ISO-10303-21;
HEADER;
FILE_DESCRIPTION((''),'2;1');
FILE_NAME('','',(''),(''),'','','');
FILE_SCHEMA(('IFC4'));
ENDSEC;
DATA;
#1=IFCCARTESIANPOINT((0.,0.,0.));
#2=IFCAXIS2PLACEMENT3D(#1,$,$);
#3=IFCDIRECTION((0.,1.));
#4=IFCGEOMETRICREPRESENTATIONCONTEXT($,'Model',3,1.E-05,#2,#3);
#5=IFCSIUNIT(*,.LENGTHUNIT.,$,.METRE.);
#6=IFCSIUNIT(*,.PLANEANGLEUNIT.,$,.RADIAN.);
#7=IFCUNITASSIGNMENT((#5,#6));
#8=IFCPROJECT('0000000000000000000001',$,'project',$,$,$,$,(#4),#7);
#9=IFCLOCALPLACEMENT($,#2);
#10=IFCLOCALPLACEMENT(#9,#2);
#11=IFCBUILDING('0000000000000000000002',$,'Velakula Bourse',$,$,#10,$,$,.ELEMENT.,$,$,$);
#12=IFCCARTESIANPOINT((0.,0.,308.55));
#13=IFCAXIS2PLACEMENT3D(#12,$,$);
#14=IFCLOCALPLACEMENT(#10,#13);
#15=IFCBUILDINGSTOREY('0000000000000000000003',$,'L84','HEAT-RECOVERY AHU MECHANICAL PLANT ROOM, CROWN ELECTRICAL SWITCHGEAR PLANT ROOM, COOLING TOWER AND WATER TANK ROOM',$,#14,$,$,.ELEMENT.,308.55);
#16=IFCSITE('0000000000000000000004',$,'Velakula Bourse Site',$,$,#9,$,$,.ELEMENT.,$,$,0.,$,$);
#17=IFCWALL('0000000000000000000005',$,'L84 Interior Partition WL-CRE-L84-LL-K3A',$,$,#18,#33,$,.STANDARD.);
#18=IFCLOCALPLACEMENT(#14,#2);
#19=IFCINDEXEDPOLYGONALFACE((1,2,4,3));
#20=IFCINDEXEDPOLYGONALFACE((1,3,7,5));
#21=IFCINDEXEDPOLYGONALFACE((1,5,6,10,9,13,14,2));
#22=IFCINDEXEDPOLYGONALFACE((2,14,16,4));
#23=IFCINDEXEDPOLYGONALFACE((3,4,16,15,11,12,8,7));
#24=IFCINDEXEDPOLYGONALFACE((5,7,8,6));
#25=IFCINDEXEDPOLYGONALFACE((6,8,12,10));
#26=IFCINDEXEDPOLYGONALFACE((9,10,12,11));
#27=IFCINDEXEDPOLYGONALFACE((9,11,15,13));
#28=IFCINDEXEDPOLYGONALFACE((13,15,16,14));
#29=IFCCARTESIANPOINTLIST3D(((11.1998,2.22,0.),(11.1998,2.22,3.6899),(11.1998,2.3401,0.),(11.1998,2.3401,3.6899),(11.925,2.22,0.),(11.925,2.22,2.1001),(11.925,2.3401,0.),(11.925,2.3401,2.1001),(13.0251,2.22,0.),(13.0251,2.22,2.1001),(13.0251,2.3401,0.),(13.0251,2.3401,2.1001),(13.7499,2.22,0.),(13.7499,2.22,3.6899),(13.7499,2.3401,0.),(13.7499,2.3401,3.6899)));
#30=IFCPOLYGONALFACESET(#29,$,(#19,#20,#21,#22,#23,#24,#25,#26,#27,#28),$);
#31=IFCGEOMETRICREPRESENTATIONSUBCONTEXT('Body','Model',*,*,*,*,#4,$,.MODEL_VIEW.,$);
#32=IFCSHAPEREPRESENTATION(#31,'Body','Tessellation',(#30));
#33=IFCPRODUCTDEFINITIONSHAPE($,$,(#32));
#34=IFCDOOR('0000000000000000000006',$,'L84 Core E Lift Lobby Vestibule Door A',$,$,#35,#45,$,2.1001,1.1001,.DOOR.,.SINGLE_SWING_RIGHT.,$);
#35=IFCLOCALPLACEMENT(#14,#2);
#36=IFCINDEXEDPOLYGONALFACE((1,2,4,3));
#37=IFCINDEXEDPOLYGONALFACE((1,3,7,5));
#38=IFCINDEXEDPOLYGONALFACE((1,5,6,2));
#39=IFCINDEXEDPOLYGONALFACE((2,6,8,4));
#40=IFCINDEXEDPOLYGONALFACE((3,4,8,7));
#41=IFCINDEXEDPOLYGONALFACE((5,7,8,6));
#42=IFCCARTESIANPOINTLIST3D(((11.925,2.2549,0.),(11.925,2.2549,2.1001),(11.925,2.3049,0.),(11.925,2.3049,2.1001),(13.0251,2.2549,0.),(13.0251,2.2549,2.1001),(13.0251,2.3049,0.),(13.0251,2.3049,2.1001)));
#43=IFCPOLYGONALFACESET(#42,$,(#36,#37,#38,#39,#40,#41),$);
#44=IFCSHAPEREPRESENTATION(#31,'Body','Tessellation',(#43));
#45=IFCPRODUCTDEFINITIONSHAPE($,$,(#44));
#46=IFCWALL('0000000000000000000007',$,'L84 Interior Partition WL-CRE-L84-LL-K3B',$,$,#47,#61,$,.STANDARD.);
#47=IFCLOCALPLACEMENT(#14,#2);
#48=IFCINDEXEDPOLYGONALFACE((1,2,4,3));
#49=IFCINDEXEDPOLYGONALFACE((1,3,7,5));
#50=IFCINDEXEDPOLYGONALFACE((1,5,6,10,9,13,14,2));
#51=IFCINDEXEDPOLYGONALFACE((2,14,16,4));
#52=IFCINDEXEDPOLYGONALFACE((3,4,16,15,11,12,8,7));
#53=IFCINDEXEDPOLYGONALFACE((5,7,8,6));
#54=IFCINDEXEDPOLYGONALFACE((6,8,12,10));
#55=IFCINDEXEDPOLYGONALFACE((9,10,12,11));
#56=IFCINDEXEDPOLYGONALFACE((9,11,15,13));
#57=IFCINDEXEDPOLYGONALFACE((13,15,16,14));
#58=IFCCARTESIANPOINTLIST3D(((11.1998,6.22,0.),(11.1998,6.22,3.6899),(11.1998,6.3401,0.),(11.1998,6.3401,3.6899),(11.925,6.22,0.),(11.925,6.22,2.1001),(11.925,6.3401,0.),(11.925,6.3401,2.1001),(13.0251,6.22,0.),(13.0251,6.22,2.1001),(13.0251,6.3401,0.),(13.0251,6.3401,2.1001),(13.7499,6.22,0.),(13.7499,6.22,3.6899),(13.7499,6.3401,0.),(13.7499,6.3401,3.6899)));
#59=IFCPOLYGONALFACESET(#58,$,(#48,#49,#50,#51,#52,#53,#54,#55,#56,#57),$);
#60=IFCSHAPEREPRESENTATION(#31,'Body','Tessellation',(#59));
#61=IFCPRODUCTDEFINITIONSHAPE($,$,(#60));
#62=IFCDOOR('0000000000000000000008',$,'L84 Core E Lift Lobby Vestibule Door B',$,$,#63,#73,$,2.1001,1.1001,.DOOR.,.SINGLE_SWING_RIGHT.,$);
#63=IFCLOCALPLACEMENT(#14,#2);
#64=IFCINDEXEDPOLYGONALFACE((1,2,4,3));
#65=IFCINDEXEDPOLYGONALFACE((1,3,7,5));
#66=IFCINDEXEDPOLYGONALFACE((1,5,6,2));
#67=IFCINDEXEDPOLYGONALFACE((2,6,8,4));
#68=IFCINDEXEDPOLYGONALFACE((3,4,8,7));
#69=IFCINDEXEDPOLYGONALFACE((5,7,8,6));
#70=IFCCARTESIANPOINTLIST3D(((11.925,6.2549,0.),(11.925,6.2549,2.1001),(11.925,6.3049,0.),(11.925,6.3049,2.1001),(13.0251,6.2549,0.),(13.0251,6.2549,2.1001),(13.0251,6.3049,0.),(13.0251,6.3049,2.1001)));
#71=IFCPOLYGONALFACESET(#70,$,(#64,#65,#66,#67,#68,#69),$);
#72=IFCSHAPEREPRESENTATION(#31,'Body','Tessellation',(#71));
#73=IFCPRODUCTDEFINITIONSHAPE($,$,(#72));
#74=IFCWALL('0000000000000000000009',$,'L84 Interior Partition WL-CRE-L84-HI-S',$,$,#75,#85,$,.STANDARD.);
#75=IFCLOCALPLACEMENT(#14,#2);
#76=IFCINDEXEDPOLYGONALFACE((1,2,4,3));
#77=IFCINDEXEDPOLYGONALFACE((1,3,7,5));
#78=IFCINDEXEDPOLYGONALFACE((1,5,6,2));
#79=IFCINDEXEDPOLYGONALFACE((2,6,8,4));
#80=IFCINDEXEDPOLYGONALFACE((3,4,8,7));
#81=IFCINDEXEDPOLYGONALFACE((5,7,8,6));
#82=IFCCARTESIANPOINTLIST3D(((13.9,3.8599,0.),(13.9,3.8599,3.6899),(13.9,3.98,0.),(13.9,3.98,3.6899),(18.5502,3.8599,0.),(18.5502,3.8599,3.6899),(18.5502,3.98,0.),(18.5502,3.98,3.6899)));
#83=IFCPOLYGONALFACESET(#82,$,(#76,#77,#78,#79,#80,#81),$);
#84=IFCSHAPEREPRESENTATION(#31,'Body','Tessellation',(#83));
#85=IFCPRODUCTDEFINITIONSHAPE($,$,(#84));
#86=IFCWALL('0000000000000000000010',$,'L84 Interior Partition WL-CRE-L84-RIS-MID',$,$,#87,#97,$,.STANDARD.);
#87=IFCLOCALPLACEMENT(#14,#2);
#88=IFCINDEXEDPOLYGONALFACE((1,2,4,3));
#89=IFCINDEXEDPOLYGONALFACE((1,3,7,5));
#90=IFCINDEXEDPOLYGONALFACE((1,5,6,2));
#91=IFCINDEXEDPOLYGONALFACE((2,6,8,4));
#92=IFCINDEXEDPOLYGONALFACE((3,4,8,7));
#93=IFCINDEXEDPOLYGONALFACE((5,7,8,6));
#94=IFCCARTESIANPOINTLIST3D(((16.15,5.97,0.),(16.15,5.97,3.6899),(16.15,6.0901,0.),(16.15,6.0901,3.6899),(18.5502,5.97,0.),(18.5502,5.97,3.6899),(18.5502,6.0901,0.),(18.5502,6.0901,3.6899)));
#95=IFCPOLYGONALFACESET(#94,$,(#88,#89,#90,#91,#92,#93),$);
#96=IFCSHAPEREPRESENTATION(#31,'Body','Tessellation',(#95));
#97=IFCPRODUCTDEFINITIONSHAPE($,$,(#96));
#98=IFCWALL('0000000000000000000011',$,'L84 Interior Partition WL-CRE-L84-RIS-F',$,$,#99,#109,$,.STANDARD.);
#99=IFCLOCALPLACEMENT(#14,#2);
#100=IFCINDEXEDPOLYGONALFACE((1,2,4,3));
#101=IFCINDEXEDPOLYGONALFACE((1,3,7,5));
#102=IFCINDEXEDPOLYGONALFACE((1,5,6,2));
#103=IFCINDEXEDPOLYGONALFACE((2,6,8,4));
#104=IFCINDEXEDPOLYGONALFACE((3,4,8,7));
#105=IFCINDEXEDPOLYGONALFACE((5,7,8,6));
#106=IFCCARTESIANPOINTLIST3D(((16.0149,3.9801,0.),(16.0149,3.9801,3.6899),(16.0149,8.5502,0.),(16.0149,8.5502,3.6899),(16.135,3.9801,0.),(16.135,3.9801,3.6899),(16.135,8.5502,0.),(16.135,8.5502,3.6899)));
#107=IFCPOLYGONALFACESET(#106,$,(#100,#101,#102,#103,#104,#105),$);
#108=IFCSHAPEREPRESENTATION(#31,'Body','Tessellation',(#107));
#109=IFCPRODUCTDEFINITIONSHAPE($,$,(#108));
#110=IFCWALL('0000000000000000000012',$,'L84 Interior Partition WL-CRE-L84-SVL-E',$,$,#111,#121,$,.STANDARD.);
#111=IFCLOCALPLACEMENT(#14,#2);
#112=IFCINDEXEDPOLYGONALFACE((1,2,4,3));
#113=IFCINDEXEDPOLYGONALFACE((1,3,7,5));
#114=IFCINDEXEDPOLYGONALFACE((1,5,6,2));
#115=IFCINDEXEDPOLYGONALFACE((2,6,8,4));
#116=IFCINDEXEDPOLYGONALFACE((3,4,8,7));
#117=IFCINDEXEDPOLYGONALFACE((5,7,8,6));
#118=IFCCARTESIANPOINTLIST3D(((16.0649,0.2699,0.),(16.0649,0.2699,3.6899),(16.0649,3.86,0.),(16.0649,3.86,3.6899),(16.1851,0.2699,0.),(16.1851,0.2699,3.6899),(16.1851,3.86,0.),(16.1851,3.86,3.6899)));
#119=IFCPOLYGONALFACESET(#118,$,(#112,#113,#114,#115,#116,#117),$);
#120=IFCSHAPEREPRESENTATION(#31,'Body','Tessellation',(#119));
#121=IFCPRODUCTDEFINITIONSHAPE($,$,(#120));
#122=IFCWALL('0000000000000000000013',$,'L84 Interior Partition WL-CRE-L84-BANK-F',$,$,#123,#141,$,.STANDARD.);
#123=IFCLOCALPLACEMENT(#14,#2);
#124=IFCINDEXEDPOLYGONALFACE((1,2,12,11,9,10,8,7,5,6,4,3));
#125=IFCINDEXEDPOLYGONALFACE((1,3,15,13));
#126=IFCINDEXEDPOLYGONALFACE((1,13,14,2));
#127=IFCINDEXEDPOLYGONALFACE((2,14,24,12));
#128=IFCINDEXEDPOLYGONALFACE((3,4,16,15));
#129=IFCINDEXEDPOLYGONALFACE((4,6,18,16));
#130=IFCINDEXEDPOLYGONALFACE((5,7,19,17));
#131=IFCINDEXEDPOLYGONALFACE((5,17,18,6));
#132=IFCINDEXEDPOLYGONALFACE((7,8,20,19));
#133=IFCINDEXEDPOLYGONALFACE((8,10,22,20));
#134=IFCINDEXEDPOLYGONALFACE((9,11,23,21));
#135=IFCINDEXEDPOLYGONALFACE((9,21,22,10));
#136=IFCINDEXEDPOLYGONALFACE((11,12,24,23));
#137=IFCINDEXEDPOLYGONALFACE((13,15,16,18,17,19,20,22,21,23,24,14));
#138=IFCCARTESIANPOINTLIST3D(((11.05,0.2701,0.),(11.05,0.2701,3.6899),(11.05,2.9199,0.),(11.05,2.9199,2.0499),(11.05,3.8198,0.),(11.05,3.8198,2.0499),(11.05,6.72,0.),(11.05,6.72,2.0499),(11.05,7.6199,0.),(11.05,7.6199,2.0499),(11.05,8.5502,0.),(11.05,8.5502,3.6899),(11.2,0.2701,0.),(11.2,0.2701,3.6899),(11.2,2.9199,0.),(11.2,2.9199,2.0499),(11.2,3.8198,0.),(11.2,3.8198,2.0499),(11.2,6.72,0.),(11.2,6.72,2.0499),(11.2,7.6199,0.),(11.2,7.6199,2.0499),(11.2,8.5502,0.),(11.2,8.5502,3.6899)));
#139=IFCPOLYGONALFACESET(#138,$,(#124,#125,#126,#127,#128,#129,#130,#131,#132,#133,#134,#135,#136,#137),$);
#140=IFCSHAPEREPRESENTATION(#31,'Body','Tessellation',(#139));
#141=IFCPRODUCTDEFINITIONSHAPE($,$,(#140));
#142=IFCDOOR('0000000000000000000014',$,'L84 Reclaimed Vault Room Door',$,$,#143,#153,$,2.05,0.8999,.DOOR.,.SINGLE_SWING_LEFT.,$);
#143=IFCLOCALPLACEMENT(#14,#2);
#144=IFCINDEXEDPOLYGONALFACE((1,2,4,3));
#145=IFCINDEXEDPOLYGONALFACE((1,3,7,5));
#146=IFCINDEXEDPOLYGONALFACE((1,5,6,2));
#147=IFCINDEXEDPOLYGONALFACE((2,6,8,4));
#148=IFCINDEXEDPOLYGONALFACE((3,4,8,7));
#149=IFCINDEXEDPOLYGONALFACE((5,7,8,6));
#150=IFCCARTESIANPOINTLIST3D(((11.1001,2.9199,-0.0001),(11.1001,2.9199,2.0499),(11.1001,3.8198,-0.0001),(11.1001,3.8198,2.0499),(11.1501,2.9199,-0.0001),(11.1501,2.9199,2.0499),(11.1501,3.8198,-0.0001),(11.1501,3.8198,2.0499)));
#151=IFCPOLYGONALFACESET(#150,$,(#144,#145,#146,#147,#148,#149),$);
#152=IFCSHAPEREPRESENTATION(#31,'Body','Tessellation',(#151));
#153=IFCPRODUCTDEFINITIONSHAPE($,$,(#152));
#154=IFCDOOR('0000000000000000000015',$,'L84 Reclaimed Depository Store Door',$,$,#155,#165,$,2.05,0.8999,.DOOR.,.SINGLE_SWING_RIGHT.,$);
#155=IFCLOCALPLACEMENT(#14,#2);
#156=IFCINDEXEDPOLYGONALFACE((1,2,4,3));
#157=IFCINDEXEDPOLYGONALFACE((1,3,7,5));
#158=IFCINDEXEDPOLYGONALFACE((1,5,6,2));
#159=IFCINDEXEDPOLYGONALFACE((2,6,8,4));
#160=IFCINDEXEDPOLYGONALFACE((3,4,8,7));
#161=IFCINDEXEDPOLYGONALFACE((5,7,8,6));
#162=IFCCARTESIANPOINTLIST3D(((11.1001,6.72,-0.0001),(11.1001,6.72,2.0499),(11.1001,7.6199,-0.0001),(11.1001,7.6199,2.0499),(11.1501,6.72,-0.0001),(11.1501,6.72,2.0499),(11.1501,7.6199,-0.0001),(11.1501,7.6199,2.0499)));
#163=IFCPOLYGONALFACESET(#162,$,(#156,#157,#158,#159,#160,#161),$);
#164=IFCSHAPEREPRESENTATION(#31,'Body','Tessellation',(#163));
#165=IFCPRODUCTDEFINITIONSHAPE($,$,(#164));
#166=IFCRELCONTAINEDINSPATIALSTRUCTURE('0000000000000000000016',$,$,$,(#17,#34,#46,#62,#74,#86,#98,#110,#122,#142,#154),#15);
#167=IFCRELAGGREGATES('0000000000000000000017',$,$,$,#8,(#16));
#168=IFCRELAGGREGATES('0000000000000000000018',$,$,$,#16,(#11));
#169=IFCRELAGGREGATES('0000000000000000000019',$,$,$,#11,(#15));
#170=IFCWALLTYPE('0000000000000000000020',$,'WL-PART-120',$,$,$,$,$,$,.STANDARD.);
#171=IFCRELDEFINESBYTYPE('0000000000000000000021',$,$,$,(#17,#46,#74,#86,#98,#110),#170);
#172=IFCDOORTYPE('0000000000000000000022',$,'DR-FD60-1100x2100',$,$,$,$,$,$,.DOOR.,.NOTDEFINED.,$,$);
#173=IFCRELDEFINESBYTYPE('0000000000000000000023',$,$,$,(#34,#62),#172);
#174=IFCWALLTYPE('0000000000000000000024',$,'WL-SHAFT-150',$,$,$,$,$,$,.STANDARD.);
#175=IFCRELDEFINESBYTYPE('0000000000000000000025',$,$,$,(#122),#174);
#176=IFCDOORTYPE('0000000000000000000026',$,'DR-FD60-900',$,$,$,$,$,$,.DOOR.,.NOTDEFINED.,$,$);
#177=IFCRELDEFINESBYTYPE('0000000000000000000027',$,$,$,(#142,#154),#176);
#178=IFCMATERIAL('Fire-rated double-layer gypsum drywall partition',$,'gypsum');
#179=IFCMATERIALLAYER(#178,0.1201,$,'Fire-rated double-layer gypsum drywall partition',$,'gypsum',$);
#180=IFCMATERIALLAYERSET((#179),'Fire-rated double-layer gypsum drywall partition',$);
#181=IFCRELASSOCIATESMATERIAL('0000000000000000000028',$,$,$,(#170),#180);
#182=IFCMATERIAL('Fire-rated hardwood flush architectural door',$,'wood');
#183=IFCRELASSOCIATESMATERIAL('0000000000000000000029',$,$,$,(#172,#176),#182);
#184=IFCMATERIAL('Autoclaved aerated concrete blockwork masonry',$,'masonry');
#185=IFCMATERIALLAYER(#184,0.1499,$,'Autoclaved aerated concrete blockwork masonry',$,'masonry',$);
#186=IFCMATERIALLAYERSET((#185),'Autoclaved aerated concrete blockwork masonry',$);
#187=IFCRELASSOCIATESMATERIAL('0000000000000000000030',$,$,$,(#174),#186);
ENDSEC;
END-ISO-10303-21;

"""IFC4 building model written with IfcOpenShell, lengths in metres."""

from ifc_helpers import new_model, si_unit, direction, frame, frame_2d, origin, place, context, subcontext, project, spatial, rectangle, extrude, material, layer, layer_set, type_object, element, fill, save


model = new_model("IFC4")

# Units and contexts
model_context = context("Model", 3, precision=1e-05, world=origin(), true_north=direction((0.0, 1.0)))
body_context = subcontext(model_context, "Body", "Model", "MODEL_VIEW")
ifc_project = project(units=[si_unit("LENGTHUNIT", "METRE"), si_unit("PLANEANGLEUNIT", "RADIAN")], contexts=[model_context])

# Site, building, storey
site_placement = place(None, origin())
site = spatial("IfcSite", under=ifc_project, at=site_placement, Name="Velakula Bourse Site", CompositionType="ELEMENT", RefElevation=0.0)
building_placement = place(site_placement, origin())
building = spatial("IfcBuilding", under=site, at=building_placement, Name="Velakula Bourse", CompositionType="ELEMENT")
storey_placement = place(building_placement, frame((0.0, 0.0, 308.55)))
storey = spatial("IfcBuildingStorey", under=building, at=storey_placement, Name="L84", Description="HEAT-RECOVERY AHU MECHANICAL PLANT ROOM, CROWN ELECTRICAL SWITCHGEAR PLANT ROOM, COOLING TOWER AND WATER TANK ROOM", CompositionType="ELEMENT", Elevation=308.55)

# Walls, openings, doors
ifc_material_1 = material(Name="Fire-rated double-layer gypsum drywall partition", Category="gypsum")
ifc_layer_1 = layer(ifc_material_1, 0.1201, Name="Fire-rated double-layer gypsum drywall partition", Category="gypsum")
ifc_layer_set_1 = layer_set([ifc_layer_1], Name="Fire-rated double-layer gypsum drywall partition")
wall_type_1 = type_object("IfcWallType", Name="WL-PART-120", PredefinedType="STANDARD", material=ifc_layer_set_1)
wall_1_placement = place(storey_placement, frame((11.2, 2.28, 0.0), z_axis=(0.0, 0.0, 1.0), x_axis=(1.0, 0.0, 0.0)))
wall_1 = element("IfcWall", 1, at=wall_1_placement, inside=storey, type_object=wall_type_1, Name="L84 Interior Partition WL-CRE-L84-LL-K3A", PredefinedType="STANDARD", context=body_context, shape_type="SweptSolid", body=[
    extrude(rectangle(XDim=2.55, YDim=0.1201, at=frame_2d((1.2749, 0.0))), origin(), (0.0, 0.0, 1.0), 3.6899),
])
opening_1_placement = place(wall_1_placement, frame((0.7251, 0.0, 0.0)))
opening_1 = element("IfcOpeningElement", 2, at=opening_1_placement, cuts=wall_1, PredefinedType="OPENING", context=body_context, shape_type="SweptSolid", body=[
    extrude(rectangle(XDim=1.1001, YDim=2.1001, at=frame_2d((0.55, 1.05))), frame((0.0, 0.0701, 0.0), z_axis=(0.0, -1.0, 0.0), x_axis=(1.0, 0.0, 0.0)), (0.0, 0.0, 1.0), 0.1401),
])
ifc_material_2 = material(Name="Fire-rated hardwood flush architectural door", Category="wood")
door_type_1 = type_object("IfcDoorType", Name="DR-FD60-1100x2100", OperationType="NOTDEFINED", PredefinedType="DOOR", material=ifc_material_2)
door_1_placement = place(opening_1_placement, origin())
door_1 = element("IfcDoor", 3, at=door_1_placement, inside=storey, type_object=door_type_1, Name="L84 Core E Lift Lobby Vestibule Door A", OperationType="SINGLE_SWING_RIGHT", OverallHeight=2.1001, OverallWidth=1.1001, PredefinedType="DOOR", context=body_context, shape_type="SweptSolid", body=[
    extrude(rectangle(XDim=1.1001, YDim=2.1001, at=frame_2d((0.55, 1.05))), frame((0.0, 0.0249, 0.0), z_axis=(0.0, -1.0, 0.0), x_axis=(1.0, 0.0, 0.0)), (0.0, 0.0, 1.0), 0.05),
])
fill(opening_1, door_1)
wall_2_placement = place(storey_placement, frame((11.2, 6.28, 0.0), z_axis=(0.0, 0.0, 1.0), x_axis=(1.0, 0.0, 0.0)))
wall_2 = element("IfcWall", 4, at=wall_2_placement, inside=storey, type_object=wall_type_1, Name="L84 Interior Partition WL-CRE-L84-LL-K3B", PredefinedType="STANDARD", context=body_context, shape_type="SweptSolid", body=[
    extrude(rectangle(XDim=2.55, YDim=0.1201, at=frame_2d((1.2749, 0.0))), origin(), (0.0, 0.0, 1.0), 3.6899),
])
opening_2_placement = place(wall_2_placement, frame((0.7251, 0.0, 0.0)))
opening_2 = element("IfcOpeningElement", 5, at=opening_2_placement, cuts=wall_2, PredefinedType="OPENING", context=body_context, shape_type="SweptSolid", body=[
    extrude(rectangle(XDim=1.1001, YDim=2.1001, at=frame_2d((0.55, 1.05))), frame((0.0, 0.0701, 0.0), z_axis=(0.0, -1.0, 0.0), x_axis=(1.0, 0.0, 0.0)), (0.0, 0.0, 1.0), 0.1401),
])
door_2_placement = place(opening_2_placement, origin())
door_2 = element("IfcDoor", 6, at=door_2_placement, inside=storey, type_object=door_type_1, Name="L84 Core E Lift Lobby Vestibule Door B", OperationType="SINGLE_SWING_RIGHT", OverallHeight=2.1001, OverallWidth=1.1001, PredefinedType="DOOR", context=body_context, shape_type="SweptSolid", body=[
    extrude(rectangle(XDim=1.1001, YDim=2.1001, at=frame_2d((0.55, 1.05))), frame((0.0, 0.0249, 0.0), z_axis=(0.0, -1.0, 0.0), x_axis=(1.0, 0.0, 0.0)), (0.0, 0.0, 1.0), 0.05),
])
fill(opening_2, door_2)

# Walls
wall_3_placement = place(storey_placement, frame((13.8999, 3.9199, 0.0), z_axis=(0.0, 0.0, 1.0), x_axis=(1.0, 0.0, 0.0)))
element("IfcWall", 7, at=wall_3_placement, inside=storey, type_object=wall_type_1, Name="L84 Interior Partition WL-CRE-L84-HI-S", PredefinedType="STANDARD", context=body_context, shape_type="SweptSolid", body=[
    extrude(rectangle(XDim=4.6501, YDim=0.1201, at=frame_2d((2.3252, 0.0))), origin(), (0.0, 0.0, 1.0), 3.6899),
])
wall_4_placement = place(storey_placement, frame((16.1499, 6.03, 0.0), z_axis=(0.0, 0.0, 1.0), x_axis=(1.0, 0.0, 0.0)))
element("IfcWall", 8, at=wall_4_placement, inside=storey, type_object=wall_type_1, Name="L84 Interior Partition WL-CRE-L84-RIS-MID", PredefinedType="STANDARD", context=body_context, shape_type="SweptSolid", body=[
    extrude(rectangle(XDim=2.4001, YDim=0.1201, at=frame_2d((1.2002, 0.0))), origin(), (0.0, 0.0, 1.0), 3.6899),
])
wall_5_placement = place(storey_placement, frame((16.075, 3.98, 0.0), z_axis=(0.0, 0.0, 1.0), x_axis=(0.0, 1.0, 0.0)))
element("IfcWall", 9, at=wall_5_placement, inside=storey, type_object=wall_type_1, Name="L84 Interior Partition WL-CRE-L84-RIS-F", PredefinedType="STANDARD", context=body_context, shape_type="SweptSolid", body=[
    extrude(rectangle(XDim=4.5701, YDim=0.1201, at=frame_2d((2.2852, 0.0))), origin(), (0.0, 0.0, 1.0), 3.6899),
])
wall_6_placement = place(storey_placement, frame((16.125, 0.27, 0.0), z_axis=(0.0, 0.0, 1.0), x_axis=(0.0, 1.0, 0.0)))
element("IfcWall", 10, at=wall_6_placement, inside=storey, type_object=wall_type_1, Name="L84 Interior Partition WL-CRE-L84-SVL-E", PredefinedType="STANDARD", context=body_context, shape_type="SweptSolid", body=[
    extrude(rectangle(XDim=3.5901, YDim=0.1201, at=frame_2d((1.7949, 0.0))), origin(), (0.0, 0.0, 1.0), 3.6899),
])

# Wall, openings, doors
ifc_material_3 = material(Name="Autoclaved aerated concrete blockwork masonry", Category="masonry")
ifc_layer_2 = layer(ifc_material_3, 0.1499, Name="Autoclaved aerated concrete blockwork masonry", Category="masonry")
ifc_layer_set_2 = layer_set([ifc_layer_2], Name="Autoclaved aerated concrete blockwork masonry")
wall_type_2 = type_object("IfcWallType", Name="WL-SHAFT-150", PredefinedType="STANDARD", material=ifc_layer_set_2)
wall_7_placement = place(storey_placement, frame((11.125, 0.27, 0.0), z_axis=(0.0, 0.0, 1.0), x_axis=(0.0, 1.0, 0.0)))
wall_7 = element("IfcWall", 11, at=wall_7_placement, inside=storey, type_object=wall_type_2, Name="L84 Interior Partition WL-CRE-L84-BANK-F", PredefinedType="STANDARD", context=body_context, shape_type="SweptSolid", body=[
    extrude(rectangle(XDim=8.28, YDim=0.1499, at=frame_2d((4.1401, 0.0))), origin(), (0.0, 0.0, 1.0), 3.6899),
])
opening_3_placement = place(wall_7_placement, frame((2.6499, 0.0, 0.0)))
opening_3 = element("IfcOpeningElement", 12, at=opening_3_placement, cuts=wall_7, PredefinedType="OPENING", context=body_context, shape_type="SweptSolid", body=[
    extrude(rectangle(XDim=0.8999, YDim=2.05, at=frame_2d((0.45, 1.0249))), frame((0.0, 0.085, 0.0), z_axis=(0.0, -1.0, 0.0), x_axis=(1.0, 0.0, 0.0)), (0.0, 0.0, 1.0), 0.1699),
])
opening_4_placement = place(wall_7_placement, frame((6.45, 0.0, 0.0)))
opening_4 = element("IfcOpeningElement", 13, at=opening_4_placement, cuts=wall_7, PredefinedType="OPENING", context=body_context, shape_type="SweptSolid", body=[
    extrude(rectangle(XDim=0.8999, YDim=2.05, at=frame_2d((0.45, 1.0249))), frame((0.0, 0.085, 0.0), z_axis=(0.0, -1.0, 0.0), x_axis=(1.0, 0.0, 0.0)), (0.0, 0.0, 1.0), 0.1699),
])
door_type_2 = type_object("IfcDoorType", Name="DR-FD60-900", OperationType="NOTDEFINED", PredefinedType="DOOR", material=ifc_material_2)
door_3_placement = place(opening_3_placement, origin())
door_3 = element("IfcDoor", 14, at=door_3_placement, inside=storey, type_object=door_type_2, Name="L84 Reclaimed Vault Room Door", OperationType="SINGLE_SWING_LEFT", OverallHeight=2.05, OverallWidth=0.8999, PredefinedType="DOOR", context=body_context, shape_type="SweptSolid", body=[
    extrude(rectangle(XDim=0.8999, YDim=2.05, at=frame_2d((0.45, 1.0249))), frame((0.0, 0.0249, 0.0), z_axis=(0.0, -1.0, 0.0), x_axis=(1.0, 0.0, 0.0)), (0.0, 0.0, 1.0), 0.05),
])
fill(opening_3, door_3)
door_4_placement = place(opening_4_placement, origin())
door_4 = element("IfcDoor", 15, at=door_4_placement, inside=storey, type_object=door_type_2, Name="L84 Reclaimed Depository Store Door", OperationType="SINGLE_SWING_RIGHT", OverallHeight=2.05, OverallWidth=0.8999, PredefinedType="DOOR", context=body_context, shape_type="SweptSolid", body=[
    extrude(rectangle(XDim=0.8999, YDim=2.05, at=frame_2d((0.45, 1.0249))), frame((0.0, 0.0249, 0.0), z_axis=(0.0, -1.0, 0.0), x_axis=(1.0, 0.0, 0.0)), (0.0, 0.0, 1.0), 0.05),
])
fill(opening_4, door_4)

save(model, "model.ifc")
